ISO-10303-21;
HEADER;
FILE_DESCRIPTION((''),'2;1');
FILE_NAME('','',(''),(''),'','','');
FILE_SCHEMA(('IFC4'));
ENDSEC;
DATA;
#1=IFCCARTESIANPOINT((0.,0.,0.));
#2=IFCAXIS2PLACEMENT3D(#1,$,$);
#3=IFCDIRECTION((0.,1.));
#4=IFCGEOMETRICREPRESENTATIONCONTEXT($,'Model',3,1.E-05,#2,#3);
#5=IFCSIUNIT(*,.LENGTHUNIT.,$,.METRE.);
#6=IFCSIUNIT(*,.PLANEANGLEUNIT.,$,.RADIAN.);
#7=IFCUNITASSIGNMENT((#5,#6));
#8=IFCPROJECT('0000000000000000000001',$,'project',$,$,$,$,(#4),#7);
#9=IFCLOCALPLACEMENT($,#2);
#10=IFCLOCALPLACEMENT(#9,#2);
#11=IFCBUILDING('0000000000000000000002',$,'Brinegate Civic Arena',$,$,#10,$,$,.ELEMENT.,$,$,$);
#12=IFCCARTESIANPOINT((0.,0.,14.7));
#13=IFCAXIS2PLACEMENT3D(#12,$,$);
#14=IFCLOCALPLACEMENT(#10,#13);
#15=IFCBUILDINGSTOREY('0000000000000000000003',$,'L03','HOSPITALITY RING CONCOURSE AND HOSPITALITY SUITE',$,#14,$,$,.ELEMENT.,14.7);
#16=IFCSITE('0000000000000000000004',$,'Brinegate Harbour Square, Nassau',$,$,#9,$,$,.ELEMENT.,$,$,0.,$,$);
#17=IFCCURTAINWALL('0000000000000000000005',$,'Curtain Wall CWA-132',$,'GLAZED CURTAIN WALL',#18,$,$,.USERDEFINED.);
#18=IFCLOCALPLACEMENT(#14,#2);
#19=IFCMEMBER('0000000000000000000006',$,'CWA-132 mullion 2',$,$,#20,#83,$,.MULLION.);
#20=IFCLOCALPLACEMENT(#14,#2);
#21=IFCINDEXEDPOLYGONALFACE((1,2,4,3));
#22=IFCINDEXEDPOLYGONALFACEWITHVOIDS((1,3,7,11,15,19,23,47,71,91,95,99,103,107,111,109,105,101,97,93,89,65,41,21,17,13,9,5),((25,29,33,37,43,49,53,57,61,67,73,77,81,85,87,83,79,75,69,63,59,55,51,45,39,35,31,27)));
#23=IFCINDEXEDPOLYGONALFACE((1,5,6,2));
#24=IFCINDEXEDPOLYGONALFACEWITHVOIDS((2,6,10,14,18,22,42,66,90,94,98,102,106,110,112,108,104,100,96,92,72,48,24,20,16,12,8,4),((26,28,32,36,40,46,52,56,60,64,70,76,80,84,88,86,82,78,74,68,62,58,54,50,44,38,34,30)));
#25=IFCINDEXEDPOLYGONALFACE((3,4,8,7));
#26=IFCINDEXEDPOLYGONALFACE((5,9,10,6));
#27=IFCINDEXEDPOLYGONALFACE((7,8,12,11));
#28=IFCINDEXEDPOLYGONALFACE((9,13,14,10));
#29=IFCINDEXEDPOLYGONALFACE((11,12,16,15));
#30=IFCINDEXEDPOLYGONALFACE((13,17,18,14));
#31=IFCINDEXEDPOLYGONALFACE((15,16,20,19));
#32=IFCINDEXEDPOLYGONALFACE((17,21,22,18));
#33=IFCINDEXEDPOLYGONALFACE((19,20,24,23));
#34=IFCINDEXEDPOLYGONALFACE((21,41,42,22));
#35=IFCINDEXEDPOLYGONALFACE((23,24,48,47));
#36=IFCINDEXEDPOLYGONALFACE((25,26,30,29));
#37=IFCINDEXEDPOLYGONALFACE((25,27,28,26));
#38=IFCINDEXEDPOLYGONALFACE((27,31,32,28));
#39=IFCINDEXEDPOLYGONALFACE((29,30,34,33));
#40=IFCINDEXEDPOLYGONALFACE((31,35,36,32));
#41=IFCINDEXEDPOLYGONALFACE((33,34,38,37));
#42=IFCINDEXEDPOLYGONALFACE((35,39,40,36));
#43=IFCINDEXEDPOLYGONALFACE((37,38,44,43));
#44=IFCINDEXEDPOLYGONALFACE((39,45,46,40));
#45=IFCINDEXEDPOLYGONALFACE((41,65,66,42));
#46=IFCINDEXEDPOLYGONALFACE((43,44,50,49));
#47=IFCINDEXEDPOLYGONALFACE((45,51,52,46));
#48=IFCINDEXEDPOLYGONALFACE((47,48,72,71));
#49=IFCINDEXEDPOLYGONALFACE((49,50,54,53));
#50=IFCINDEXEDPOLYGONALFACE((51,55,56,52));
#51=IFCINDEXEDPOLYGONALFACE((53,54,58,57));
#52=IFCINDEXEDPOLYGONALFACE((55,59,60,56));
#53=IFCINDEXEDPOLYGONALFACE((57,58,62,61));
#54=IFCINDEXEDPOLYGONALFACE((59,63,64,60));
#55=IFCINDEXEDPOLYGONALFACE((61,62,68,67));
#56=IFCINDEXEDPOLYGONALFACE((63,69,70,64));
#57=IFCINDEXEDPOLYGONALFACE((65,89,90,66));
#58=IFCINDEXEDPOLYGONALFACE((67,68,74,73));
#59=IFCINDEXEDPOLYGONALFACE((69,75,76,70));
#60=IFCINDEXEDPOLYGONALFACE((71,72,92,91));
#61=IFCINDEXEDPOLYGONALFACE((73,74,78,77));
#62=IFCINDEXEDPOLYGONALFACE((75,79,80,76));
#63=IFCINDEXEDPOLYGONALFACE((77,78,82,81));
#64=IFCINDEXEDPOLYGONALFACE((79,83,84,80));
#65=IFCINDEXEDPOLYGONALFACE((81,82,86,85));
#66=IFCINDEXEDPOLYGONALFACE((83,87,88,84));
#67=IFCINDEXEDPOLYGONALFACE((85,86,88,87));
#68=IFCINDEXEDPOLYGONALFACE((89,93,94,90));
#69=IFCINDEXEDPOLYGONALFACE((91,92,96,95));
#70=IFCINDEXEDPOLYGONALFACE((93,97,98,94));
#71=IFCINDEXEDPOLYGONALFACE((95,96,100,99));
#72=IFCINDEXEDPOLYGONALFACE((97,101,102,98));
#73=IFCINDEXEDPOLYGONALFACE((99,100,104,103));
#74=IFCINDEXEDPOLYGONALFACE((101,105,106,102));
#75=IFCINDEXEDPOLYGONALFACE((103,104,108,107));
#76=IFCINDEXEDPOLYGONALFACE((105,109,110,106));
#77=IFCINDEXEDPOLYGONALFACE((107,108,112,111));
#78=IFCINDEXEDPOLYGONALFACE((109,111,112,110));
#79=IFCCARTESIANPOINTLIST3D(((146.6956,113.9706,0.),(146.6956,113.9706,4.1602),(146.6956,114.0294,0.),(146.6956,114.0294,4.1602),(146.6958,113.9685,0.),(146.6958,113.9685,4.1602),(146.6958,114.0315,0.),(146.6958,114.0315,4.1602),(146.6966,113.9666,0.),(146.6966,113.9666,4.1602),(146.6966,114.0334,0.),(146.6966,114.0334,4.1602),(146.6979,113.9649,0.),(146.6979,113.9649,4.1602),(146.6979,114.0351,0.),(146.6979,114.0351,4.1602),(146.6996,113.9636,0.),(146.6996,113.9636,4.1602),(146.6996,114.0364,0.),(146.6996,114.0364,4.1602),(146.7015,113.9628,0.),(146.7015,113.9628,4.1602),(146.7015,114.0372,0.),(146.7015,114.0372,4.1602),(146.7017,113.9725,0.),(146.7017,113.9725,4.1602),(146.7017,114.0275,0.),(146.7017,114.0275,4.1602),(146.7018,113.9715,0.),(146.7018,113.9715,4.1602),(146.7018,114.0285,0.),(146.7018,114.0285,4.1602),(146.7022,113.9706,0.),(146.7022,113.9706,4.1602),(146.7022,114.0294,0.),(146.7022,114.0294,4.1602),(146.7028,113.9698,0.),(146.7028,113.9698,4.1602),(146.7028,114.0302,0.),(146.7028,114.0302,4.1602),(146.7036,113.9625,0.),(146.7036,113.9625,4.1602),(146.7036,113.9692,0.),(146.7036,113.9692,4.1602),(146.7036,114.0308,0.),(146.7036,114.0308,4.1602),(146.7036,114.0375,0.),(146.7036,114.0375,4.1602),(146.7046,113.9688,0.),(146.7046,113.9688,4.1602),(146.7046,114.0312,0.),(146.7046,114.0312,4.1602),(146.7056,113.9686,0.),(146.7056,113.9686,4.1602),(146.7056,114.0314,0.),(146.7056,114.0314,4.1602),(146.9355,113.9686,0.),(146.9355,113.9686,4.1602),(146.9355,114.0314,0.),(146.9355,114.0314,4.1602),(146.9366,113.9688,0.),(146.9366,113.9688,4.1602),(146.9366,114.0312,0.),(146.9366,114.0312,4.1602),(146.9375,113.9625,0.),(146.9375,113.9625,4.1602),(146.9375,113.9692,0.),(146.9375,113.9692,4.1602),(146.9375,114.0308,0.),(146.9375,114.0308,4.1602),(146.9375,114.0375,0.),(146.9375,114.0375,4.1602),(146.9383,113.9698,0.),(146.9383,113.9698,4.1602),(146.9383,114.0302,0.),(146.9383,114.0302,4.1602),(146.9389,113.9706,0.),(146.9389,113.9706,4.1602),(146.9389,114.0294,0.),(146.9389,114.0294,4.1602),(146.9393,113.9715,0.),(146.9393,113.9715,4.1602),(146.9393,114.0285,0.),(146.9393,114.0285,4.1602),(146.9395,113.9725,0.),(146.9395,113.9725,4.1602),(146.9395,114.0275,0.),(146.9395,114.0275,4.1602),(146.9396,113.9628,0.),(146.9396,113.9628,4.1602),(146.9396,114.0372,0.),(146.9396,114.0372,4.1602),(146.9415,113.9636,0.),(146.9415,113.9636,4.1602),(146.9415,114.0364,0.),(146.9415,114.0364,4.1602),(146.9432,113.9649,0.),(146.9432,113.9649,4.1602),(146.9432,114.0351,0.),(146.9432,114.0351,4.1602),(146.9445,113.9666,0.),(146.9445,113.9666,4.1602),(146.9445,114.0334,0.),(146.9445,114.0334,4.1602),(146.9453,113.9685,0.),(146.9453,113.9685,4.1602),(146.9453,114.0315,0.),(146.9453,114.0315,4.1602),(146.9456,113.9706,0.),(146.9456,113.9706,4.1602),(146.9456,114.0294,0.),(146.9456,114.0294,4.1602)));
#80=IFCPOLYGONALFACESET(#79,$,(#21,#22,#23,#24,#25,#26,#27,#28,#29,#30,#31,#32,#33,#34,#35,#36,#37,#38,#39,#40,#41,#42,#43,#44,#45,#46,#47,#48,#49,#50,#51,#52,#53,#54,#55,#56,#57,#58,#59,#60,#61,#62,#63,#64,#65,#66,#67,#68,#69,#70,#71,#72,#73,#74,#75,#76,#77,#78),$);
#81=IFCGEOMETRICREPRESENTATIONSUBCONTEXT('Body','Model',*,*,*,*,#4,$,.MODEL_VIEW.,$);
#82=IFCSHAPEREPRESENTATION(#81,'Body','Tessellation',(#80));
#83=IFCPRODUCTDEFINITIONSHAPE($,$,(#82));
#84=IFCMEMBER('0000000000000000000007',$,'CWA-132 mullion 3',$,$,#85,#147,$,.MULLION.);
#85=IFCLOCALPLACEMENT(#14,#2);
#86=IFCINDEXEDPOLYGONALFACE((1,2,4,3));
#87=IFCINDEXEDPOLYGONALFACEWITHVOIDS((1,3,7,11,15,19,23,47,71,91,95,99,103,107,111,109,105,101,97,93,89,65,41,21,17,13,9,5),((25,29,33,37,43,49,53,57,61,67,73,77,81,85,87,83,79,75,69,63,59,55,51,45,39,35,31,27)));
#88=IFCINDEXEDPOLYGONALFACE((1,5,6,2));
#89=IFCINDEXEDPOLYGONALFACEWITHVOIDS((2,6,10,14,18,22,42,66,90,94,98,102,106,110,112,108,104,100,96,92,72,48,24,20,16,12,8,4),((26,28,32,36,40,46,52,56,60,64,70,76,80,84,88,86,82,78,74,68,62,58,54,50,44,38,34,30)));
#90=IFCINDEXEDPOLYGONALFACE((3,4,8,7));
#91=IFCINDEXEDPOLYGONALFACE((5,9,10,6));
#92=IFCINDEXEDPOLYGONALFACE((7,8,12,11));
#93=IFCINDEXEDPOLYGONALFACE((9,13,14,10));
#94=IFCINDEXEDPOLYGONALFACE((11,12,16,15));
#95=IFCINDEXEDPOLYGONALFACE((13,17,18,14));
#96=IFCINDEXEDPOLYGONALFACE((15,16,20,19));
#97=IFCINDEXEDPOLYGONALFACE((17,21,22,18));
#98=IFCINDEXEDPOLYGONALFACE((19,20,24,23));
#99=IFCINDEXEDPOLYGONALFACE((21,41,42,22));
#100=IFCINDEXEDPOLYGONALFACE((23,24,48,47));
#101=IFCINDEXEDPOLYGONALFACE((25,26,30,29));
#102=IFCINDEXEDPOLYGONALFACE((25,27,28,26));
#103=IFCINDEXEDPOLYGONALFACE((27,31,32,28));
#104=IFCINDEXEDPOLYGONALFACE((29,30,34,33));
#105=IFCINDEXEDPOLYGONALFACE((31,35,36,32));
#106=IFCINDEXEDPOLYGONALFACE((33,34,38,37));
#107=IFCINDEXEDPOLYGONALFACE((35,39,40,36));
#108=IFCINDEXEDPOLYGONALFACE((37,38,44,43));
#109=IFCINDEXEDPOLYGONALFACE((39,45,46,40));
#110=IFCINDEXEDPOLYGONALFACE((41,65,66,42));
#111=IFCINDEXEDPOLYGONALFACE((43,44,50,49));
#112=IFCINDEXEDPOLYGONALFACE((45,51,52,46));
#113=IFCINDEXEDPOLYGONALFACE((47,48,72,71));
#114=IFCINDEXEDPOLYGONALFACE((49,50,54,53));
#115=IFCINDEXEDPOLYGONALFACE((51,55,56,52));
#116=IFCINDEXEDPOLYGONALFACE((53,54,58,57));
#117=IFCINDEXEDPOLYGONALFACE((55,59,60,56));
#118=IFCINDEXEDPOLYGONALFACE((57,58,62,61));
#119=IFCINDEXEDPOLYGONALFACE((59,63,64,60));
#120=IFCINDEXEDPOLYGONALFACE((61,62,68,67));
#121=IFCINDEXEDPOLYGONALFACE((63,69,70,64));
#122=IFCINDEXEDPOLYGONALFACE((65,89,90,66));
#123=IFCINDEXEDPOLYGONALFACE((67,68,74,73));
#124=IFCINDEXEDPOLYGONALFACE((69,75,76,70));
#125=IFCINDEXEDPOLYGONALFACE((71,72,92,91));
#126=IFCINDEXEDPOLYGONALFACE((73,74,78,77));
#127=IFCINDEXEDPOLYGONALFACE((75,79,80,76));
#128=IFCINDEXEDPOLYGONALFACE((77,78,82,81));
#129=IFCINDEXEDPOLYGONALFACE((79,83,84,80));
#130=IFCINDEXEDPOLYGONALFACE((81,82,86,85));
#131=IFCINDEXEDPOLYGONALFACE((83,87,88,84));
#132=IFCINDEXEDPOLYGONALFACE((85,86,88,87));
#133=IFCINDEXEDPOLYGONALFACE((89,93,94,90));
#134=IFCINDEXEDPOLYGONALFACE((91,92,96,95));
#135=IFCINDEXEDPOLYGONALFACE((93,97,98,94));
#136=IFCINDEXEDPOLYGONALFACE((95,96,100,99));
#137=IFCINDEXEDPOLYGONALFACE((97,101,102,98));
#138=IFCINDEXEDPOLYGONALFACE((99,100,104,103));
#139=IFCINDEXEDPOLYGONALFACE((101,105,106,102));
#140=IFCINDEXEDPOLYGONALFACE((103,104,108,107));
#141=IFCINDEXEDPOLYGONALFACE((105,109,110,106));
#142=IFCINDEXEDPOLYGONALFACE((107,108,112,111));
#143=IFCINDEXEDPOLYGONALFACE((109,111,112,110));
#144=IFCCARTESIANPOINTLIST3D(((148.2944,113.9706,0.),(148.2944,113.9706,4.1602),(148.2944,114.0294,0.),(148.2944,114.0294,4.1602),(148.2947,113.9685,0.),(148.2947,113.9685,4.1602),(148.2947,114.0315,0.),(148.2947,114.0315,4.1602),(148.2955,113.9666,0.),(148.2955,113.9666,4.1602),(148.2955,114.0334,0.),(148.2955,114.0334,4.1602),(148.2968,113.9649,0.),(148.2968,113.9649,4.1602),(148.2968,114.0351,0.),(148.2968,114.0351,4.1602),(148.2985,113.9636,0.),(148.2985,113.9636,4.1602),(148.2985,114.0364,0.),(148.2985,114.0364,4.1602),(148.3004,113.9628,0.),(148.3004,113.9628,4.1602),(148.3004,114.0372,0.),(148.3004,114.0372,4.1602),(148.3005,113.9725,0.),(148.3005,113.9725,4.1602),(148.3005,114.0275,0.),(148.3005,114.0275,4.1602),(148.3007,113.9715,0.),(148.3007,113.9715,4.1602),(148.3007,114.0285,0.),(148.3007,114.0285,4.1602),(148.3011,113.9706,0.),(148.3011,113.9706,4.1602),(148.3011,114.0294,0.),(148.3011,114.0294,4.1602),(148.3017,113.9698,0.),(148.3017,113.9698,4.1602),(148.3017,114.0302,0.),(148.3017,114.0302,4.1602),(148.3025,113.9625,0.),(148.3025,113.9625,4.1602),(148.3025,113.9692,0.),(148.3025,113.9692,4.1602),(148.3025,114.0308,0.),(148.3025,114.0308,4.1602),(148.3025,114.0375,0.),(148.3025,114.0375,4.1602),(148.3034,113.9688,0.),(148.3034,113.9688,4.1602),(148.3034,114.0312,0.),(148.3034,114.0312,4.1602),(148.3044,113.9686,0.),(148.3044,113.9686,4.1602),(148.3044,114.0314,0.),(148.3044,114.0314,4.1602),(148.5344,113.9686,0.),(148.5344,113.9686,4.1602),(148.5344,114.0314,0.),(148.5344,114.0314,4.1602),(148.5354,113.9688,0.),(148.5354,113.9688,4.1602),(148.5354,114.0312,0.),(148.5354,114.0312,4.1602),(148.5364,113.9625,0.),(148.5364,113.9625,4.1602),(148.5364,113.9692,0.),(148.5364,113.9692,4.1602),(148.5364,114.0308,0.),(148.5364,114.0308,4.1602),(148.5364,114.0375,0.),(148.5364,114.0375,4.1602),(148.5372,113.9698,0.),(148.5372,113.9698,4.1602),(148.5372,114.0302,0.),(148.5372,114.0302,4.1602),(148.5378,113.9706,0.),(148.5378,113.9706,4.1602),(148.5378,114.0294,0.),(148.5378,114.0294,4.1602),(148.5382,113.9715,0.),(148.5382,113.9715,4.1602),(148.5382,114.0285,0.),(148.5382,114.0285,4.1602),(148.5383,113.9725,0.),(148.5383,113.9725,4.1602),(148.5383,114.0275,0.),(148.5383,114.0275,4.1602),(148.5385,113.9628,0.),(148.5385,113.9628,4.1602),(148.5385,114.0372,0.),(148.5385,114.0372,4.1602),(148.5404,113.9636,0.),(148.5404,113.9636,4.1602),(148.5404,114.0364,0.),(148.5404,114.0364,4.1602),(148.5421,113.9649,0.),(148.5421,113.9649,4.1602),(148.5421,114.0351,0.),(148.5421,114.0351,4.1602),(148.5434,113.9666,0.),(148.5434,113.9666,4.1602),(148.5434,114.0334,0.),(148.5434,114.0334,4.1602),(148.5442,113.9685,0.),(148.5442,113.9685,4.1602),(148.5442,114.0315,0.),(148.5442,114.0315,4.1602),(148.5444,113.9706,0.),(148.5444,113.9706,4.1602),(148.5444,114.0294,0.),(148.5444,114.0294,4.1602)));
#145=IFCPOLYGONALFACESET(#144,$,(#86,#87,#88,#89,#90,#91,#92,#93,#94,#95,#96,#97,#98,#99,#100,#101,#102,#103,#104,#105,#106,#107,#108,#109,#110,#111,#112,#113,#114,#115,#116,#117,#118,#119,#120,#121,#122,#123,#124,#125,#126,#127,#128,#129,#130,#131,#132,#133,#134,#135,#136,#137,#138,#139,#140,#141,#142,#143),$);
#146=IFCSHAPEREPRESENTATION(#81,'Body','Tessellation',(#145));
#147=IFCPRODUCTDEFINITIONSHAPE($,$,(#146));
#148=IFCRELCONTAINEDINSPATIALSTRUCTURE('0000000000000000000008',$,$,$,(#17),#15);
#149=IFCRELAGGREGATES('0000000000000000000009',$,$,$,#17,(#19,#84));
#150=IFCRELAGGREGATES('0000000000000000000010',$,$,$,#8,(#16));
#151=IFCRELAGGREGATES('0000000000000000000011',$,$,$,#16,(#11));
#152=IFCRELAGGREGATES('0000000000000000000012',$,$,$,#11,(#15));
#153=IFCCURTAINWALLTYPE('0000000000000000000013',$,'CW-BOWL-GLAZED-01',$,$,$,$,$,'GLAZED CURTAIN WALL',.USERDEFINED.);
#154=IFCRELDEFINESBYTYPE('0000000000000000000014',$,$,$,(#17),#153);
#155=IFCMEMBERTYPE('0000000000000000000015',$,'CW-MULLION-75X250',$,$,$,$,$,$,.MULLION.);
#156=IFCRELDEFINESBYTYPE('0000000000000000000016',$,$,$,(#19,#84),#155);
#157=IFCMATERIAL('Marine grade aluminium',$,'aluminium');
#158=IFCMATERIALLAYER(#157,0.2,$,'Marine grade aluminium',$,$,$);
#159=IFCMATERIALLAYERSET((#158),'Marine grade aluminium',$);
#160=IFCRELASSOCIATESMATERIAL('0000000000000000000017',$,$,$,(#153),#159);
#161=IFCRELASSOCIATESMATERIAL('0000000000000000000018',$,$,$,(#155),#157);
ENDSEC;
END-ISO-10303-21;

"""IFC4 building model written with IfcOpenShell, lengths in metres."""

from ifc_helpers import new_model, si_unit, direction, frame, origin, origin_2d, place, context, subcontext, project, spatial, hollow_rectangle, extrude, material, layer, layer_set, material_profile, profile_set, type_object, element, aggregate, save


model = new_model("IFC4")

# Units and contexts
model_context = context("Model", 3, precision=1e-05, world=origin(), true_north=direction((0.0, 1.0)))
body_context = subcontext(model_context, "Body", "Model", "MODEL_VIEW")
ifc_project = project(units=[si_unit("LENGTHUNIT", "METRE"), si_unit("PLANEANGLEUNIT", "RADIAN")], contexts=[model_context])

# Site, building, storey
site_placement = place(None, origin())
site = spatial("IfcSite", under=ifc_project, at=site_placement, Name="Brinegate Harbour Square, Nassau", CompositionType="ELEMENT", RefElevation=0.0)
building_placement = place(site_placement, origin())
building = spatial("IfcBuilding", under=site, at=building_placement, Name="Brinegate Civic Arena", CompositionType="ELEMENT")
storey_placement = place(building_placement, frame((0.0, 0.0, 14.7)))
storey = spatial("IfcBuildingStorey", under=building, at=storey_placement, Name="L03", Description="HOSPITALITY RING CONCOURSE AND HOSPITALITY SUITE", CompositionType="ELEMENT", Elevation=14.7)

# Curtain wall, members
ifc_material_1 = material(Name="Marine grade aluminium", Category="aluminium")
ifc_layer_1 = layer(ifc_material_1, 0.2, Name="Marine grade aluminium")
ifc_layer_set_1 = layer_set([ifc_layer_1], Name="Marine grade aluminium")
curtain_wall_type_1 = type_object("IfcCurtainWallType", Name="CW-BOWL-GLAZED-01", ElementType="GLAZED CURTAIN WALL", PredefinedType="USERDEFINED", material=ifc_layer_set_1)
curtain_wall_1_placement = place(storey_placement, origin())
curtain_wall_1 = element("IfcCurtainWall", 1, at=curtain_wall_1_placement, inside=storey, type_object=curtain_wall_type_1, Name="Curtain Wall CWA-132", ObjectType="GLAZED CURTAIN WALL", PredefinedType="USERDEFINED")
ifc_material_profile_1 = material_profile(ifc_material_1, hollow_rectangle(XDim=0.075, YDim=0.25, WallThickness=0.0061, InnerFilletRadius=0.0039, OuterFilletRadius=0.0081, at=origin_2d()), Name="MUL75X250")
ifc_profile_set_1 = profile_set([ifc_material_profile_1], Name="Marine grade aluminium")
member_type_1 = type_object("IfcMemberType", Name="CW-MULLION-75X250", PredefinedType="MULLION", material=ifc_profile_set_1)
member_1_placement = place(storey_placement, frame((146.8206, 114.0, 0.0), z_axis=(0.0, 0.0, 1.0), x_axis=(0.0, 1.0, 0.0)))
member_1 = element("IfcMember", 2, at=member_1_placement, type_object=member_type_1, Name="CWA-132 mullion 2", PredefinedType="MULLION", context=body_context, shape_type="SweptSolid", body=[
    extrude(hollow_rectangle(XDim=0.075, YDim=0.25, WallThickness=0.0061, InnerFilletRadius=0.0039, OuterFilletRadius=0.0081, at=origin_2d()), origin(), (0.0, 0.0, 1.0), 4.1602),
])
member_2_placement = place(storey_placement, frame((148.4194, 114.0, 0.0), z_axis=(0.0, 0.0, 1.0), x_axis=(0.0, 1.0, 0.0)))
member_2 = element("IfcMember", 3, at=member_2_placement, type_object=member_type_1, Name="CWA-132 mullion 3", PredefinedType="MULLION", context=body_context, shape_type="SweptSolid", body=[
    extrude(hollow_rectangle(XDim=0.075, YDim=0.25, WallThickness=0.0061, InnerFilletRadius=0.0039, OuterFilletRadius=0.0081, at=origin_2d()), origin(), (0.0, 0.0, 1.0), 4.1602),
])

aggregate(curtain_wall_1, [member_1, member_2])

save(model, "model.ifc")
